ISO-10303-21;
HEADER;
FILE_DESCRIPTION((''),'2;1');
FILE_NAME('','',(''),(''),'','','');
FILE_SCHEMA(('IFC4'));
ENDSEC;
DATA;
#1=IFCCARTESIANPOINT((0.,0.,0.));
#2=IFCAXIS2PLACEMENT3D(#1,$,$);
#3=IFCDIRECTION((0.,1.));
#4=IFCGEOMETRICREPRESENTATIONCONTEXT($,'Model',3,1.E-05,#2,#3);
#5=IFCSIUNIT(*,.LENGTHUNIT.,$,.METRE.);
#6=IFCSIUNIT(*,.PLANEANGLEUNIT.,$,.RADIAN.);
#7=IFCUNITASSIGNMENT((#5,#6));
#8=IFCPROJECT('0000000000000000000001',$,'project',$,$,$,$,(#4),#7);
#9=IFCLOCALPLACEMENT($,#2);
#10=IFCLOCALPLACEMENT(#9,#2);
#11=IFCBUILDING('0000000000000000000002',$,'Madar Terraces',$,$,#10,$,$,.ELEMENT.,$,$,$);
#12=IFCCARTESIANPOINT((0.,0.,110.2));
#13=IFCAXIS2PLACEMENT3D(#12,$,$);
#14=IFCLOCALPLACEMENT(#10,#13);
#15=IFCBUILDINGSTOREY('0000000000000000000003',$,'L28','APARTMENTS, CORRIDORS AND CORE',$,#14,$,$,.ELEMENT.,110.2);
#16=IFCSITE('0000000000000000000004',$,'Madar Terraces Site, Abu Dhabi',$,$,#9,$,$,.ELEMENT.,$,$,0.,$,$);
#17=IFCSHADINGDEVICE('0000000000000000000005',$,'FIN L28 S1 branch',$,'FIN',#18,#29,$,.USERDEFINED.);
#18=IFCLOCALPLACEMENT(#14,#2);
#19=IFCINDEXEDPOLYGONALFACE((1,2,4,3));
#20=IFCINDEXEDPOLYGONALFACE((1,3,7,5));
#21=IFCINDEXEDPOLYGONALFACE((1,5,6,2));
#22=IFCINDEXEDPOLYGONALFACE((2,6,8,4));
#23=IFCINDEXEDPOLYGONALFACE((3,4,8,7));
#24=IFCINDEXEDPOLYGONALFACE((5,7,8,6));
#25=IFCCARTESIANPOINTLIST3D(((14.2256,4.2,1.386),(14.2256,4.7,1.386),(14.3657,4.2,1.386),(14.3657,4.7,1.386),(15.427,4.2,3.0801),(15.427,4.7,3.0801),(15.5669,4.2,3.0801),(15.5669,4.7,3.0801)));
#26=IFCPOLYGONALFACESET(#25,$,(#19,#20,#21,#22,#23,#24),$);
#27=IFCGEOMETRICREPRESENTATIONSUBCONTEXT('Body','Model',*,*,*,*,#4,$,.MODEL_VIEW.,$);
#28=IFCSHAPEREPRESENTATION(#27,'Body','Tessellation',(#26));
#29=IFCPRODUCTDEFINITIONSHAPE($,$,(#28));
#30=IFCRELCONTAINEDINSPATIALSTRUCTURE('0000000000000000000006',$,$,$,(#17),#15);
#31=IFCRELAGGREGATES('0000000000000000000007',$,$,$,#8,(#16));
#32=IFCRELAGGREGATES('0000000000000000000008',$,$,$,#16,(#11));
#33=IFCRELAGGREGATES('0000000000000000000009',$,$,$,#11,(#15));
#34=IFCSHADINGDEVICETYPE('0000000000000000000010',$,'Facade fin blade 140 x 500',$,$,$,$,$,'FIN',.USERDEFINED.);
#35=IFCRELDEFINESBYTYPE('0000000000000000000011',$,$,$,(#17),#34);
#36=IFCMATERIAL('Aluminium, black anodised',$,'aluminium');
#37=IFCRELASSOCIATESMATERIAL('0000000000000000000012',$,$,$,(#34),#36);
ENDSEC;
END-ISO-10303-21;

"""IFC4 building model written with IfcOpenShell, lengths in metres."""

from ifc_helpers import new_model, si_unit, direction, frame, origin, place, context, subcontext, project, spatial, polyline, outline, extrude, material, type_object, element, save


model = new_model("IFC4")

# Units and contexts
model_context = context("Model", 3, precision=1e-05, world=origin(), true_north=direction((0.0, 1.0)))
body_context = subcontext(model_context, "Body", "Model", "MODEL_VIEW")
ifc_project = project(units=[si_unit("LENGTHUNIT", "METRE"), si_unit("PLANEANGLEUNIT", "RADIAN")], contexts=[model_context])

# Site, building, storey
site_placement = place(None, origin())
site = spatial("IfcSite", under=ifc_project, at=site_placement, Name="Madar Terraces Site, Abu Dhabi", CompositionType="ELEMENT", RefElevation=0.0)
building_placement = place(site_placement, origin())
building = spatial("IfcBuilding", under=site, at=building_placement, Name="Madar Terraces", CompositionType="ELEMENT")
storey_placement = place(building_placement, frame((0.0, 0.0, 110.2)))
storey = spatial("IfcBuildingStorey", under=building, at=storey_placement, Name="L28", Description="APARTMENTS, CORRIDORS AND CORE", CompositionType="ELEMENT", Elevation=110.2)

# Shading device
ifc_material_1 = material(Name="Aluminium, black anodised", Category="aluminium")
shading_device_type = type_object("IfcShadingDeviceType", Name="Facade fin blade 140 x 500", ElementType="FIN", PredefinedType="USERDEFINED", material=ifc_material_1)
shading_device_1_placement = place(storey_placement, frame((14.2256, 4.45, 1.386), z_axis=(0.0, 0.0, 1.0), x_axis=(1.0, 0.0, 0.0)))
element("IfcShadingDevice", 1, at=shading_device_1_placement, inside=storey, type_object=shading_device_type, Name="FIN L28 S1 branch", ObjectType="FIN", PredefinedType="USERDEFINED", context=body_context, shape_type="SweptSolid", body=[
    extrude(outline(polyline([(0.0, 0.0), (0.1401, 0.0), (1.3413, 1.6941), (1.2014, 1.6941), (0.0, 0.0)])), frame((0.0, 0.25, 0.0), z_axis=(0.0, -1.0, 0.0), x_axis=(1.0, 0.0, 0.0)), (0.0, 0.0, 1.0), 0.5),
])

save(model, "model.ifc")
